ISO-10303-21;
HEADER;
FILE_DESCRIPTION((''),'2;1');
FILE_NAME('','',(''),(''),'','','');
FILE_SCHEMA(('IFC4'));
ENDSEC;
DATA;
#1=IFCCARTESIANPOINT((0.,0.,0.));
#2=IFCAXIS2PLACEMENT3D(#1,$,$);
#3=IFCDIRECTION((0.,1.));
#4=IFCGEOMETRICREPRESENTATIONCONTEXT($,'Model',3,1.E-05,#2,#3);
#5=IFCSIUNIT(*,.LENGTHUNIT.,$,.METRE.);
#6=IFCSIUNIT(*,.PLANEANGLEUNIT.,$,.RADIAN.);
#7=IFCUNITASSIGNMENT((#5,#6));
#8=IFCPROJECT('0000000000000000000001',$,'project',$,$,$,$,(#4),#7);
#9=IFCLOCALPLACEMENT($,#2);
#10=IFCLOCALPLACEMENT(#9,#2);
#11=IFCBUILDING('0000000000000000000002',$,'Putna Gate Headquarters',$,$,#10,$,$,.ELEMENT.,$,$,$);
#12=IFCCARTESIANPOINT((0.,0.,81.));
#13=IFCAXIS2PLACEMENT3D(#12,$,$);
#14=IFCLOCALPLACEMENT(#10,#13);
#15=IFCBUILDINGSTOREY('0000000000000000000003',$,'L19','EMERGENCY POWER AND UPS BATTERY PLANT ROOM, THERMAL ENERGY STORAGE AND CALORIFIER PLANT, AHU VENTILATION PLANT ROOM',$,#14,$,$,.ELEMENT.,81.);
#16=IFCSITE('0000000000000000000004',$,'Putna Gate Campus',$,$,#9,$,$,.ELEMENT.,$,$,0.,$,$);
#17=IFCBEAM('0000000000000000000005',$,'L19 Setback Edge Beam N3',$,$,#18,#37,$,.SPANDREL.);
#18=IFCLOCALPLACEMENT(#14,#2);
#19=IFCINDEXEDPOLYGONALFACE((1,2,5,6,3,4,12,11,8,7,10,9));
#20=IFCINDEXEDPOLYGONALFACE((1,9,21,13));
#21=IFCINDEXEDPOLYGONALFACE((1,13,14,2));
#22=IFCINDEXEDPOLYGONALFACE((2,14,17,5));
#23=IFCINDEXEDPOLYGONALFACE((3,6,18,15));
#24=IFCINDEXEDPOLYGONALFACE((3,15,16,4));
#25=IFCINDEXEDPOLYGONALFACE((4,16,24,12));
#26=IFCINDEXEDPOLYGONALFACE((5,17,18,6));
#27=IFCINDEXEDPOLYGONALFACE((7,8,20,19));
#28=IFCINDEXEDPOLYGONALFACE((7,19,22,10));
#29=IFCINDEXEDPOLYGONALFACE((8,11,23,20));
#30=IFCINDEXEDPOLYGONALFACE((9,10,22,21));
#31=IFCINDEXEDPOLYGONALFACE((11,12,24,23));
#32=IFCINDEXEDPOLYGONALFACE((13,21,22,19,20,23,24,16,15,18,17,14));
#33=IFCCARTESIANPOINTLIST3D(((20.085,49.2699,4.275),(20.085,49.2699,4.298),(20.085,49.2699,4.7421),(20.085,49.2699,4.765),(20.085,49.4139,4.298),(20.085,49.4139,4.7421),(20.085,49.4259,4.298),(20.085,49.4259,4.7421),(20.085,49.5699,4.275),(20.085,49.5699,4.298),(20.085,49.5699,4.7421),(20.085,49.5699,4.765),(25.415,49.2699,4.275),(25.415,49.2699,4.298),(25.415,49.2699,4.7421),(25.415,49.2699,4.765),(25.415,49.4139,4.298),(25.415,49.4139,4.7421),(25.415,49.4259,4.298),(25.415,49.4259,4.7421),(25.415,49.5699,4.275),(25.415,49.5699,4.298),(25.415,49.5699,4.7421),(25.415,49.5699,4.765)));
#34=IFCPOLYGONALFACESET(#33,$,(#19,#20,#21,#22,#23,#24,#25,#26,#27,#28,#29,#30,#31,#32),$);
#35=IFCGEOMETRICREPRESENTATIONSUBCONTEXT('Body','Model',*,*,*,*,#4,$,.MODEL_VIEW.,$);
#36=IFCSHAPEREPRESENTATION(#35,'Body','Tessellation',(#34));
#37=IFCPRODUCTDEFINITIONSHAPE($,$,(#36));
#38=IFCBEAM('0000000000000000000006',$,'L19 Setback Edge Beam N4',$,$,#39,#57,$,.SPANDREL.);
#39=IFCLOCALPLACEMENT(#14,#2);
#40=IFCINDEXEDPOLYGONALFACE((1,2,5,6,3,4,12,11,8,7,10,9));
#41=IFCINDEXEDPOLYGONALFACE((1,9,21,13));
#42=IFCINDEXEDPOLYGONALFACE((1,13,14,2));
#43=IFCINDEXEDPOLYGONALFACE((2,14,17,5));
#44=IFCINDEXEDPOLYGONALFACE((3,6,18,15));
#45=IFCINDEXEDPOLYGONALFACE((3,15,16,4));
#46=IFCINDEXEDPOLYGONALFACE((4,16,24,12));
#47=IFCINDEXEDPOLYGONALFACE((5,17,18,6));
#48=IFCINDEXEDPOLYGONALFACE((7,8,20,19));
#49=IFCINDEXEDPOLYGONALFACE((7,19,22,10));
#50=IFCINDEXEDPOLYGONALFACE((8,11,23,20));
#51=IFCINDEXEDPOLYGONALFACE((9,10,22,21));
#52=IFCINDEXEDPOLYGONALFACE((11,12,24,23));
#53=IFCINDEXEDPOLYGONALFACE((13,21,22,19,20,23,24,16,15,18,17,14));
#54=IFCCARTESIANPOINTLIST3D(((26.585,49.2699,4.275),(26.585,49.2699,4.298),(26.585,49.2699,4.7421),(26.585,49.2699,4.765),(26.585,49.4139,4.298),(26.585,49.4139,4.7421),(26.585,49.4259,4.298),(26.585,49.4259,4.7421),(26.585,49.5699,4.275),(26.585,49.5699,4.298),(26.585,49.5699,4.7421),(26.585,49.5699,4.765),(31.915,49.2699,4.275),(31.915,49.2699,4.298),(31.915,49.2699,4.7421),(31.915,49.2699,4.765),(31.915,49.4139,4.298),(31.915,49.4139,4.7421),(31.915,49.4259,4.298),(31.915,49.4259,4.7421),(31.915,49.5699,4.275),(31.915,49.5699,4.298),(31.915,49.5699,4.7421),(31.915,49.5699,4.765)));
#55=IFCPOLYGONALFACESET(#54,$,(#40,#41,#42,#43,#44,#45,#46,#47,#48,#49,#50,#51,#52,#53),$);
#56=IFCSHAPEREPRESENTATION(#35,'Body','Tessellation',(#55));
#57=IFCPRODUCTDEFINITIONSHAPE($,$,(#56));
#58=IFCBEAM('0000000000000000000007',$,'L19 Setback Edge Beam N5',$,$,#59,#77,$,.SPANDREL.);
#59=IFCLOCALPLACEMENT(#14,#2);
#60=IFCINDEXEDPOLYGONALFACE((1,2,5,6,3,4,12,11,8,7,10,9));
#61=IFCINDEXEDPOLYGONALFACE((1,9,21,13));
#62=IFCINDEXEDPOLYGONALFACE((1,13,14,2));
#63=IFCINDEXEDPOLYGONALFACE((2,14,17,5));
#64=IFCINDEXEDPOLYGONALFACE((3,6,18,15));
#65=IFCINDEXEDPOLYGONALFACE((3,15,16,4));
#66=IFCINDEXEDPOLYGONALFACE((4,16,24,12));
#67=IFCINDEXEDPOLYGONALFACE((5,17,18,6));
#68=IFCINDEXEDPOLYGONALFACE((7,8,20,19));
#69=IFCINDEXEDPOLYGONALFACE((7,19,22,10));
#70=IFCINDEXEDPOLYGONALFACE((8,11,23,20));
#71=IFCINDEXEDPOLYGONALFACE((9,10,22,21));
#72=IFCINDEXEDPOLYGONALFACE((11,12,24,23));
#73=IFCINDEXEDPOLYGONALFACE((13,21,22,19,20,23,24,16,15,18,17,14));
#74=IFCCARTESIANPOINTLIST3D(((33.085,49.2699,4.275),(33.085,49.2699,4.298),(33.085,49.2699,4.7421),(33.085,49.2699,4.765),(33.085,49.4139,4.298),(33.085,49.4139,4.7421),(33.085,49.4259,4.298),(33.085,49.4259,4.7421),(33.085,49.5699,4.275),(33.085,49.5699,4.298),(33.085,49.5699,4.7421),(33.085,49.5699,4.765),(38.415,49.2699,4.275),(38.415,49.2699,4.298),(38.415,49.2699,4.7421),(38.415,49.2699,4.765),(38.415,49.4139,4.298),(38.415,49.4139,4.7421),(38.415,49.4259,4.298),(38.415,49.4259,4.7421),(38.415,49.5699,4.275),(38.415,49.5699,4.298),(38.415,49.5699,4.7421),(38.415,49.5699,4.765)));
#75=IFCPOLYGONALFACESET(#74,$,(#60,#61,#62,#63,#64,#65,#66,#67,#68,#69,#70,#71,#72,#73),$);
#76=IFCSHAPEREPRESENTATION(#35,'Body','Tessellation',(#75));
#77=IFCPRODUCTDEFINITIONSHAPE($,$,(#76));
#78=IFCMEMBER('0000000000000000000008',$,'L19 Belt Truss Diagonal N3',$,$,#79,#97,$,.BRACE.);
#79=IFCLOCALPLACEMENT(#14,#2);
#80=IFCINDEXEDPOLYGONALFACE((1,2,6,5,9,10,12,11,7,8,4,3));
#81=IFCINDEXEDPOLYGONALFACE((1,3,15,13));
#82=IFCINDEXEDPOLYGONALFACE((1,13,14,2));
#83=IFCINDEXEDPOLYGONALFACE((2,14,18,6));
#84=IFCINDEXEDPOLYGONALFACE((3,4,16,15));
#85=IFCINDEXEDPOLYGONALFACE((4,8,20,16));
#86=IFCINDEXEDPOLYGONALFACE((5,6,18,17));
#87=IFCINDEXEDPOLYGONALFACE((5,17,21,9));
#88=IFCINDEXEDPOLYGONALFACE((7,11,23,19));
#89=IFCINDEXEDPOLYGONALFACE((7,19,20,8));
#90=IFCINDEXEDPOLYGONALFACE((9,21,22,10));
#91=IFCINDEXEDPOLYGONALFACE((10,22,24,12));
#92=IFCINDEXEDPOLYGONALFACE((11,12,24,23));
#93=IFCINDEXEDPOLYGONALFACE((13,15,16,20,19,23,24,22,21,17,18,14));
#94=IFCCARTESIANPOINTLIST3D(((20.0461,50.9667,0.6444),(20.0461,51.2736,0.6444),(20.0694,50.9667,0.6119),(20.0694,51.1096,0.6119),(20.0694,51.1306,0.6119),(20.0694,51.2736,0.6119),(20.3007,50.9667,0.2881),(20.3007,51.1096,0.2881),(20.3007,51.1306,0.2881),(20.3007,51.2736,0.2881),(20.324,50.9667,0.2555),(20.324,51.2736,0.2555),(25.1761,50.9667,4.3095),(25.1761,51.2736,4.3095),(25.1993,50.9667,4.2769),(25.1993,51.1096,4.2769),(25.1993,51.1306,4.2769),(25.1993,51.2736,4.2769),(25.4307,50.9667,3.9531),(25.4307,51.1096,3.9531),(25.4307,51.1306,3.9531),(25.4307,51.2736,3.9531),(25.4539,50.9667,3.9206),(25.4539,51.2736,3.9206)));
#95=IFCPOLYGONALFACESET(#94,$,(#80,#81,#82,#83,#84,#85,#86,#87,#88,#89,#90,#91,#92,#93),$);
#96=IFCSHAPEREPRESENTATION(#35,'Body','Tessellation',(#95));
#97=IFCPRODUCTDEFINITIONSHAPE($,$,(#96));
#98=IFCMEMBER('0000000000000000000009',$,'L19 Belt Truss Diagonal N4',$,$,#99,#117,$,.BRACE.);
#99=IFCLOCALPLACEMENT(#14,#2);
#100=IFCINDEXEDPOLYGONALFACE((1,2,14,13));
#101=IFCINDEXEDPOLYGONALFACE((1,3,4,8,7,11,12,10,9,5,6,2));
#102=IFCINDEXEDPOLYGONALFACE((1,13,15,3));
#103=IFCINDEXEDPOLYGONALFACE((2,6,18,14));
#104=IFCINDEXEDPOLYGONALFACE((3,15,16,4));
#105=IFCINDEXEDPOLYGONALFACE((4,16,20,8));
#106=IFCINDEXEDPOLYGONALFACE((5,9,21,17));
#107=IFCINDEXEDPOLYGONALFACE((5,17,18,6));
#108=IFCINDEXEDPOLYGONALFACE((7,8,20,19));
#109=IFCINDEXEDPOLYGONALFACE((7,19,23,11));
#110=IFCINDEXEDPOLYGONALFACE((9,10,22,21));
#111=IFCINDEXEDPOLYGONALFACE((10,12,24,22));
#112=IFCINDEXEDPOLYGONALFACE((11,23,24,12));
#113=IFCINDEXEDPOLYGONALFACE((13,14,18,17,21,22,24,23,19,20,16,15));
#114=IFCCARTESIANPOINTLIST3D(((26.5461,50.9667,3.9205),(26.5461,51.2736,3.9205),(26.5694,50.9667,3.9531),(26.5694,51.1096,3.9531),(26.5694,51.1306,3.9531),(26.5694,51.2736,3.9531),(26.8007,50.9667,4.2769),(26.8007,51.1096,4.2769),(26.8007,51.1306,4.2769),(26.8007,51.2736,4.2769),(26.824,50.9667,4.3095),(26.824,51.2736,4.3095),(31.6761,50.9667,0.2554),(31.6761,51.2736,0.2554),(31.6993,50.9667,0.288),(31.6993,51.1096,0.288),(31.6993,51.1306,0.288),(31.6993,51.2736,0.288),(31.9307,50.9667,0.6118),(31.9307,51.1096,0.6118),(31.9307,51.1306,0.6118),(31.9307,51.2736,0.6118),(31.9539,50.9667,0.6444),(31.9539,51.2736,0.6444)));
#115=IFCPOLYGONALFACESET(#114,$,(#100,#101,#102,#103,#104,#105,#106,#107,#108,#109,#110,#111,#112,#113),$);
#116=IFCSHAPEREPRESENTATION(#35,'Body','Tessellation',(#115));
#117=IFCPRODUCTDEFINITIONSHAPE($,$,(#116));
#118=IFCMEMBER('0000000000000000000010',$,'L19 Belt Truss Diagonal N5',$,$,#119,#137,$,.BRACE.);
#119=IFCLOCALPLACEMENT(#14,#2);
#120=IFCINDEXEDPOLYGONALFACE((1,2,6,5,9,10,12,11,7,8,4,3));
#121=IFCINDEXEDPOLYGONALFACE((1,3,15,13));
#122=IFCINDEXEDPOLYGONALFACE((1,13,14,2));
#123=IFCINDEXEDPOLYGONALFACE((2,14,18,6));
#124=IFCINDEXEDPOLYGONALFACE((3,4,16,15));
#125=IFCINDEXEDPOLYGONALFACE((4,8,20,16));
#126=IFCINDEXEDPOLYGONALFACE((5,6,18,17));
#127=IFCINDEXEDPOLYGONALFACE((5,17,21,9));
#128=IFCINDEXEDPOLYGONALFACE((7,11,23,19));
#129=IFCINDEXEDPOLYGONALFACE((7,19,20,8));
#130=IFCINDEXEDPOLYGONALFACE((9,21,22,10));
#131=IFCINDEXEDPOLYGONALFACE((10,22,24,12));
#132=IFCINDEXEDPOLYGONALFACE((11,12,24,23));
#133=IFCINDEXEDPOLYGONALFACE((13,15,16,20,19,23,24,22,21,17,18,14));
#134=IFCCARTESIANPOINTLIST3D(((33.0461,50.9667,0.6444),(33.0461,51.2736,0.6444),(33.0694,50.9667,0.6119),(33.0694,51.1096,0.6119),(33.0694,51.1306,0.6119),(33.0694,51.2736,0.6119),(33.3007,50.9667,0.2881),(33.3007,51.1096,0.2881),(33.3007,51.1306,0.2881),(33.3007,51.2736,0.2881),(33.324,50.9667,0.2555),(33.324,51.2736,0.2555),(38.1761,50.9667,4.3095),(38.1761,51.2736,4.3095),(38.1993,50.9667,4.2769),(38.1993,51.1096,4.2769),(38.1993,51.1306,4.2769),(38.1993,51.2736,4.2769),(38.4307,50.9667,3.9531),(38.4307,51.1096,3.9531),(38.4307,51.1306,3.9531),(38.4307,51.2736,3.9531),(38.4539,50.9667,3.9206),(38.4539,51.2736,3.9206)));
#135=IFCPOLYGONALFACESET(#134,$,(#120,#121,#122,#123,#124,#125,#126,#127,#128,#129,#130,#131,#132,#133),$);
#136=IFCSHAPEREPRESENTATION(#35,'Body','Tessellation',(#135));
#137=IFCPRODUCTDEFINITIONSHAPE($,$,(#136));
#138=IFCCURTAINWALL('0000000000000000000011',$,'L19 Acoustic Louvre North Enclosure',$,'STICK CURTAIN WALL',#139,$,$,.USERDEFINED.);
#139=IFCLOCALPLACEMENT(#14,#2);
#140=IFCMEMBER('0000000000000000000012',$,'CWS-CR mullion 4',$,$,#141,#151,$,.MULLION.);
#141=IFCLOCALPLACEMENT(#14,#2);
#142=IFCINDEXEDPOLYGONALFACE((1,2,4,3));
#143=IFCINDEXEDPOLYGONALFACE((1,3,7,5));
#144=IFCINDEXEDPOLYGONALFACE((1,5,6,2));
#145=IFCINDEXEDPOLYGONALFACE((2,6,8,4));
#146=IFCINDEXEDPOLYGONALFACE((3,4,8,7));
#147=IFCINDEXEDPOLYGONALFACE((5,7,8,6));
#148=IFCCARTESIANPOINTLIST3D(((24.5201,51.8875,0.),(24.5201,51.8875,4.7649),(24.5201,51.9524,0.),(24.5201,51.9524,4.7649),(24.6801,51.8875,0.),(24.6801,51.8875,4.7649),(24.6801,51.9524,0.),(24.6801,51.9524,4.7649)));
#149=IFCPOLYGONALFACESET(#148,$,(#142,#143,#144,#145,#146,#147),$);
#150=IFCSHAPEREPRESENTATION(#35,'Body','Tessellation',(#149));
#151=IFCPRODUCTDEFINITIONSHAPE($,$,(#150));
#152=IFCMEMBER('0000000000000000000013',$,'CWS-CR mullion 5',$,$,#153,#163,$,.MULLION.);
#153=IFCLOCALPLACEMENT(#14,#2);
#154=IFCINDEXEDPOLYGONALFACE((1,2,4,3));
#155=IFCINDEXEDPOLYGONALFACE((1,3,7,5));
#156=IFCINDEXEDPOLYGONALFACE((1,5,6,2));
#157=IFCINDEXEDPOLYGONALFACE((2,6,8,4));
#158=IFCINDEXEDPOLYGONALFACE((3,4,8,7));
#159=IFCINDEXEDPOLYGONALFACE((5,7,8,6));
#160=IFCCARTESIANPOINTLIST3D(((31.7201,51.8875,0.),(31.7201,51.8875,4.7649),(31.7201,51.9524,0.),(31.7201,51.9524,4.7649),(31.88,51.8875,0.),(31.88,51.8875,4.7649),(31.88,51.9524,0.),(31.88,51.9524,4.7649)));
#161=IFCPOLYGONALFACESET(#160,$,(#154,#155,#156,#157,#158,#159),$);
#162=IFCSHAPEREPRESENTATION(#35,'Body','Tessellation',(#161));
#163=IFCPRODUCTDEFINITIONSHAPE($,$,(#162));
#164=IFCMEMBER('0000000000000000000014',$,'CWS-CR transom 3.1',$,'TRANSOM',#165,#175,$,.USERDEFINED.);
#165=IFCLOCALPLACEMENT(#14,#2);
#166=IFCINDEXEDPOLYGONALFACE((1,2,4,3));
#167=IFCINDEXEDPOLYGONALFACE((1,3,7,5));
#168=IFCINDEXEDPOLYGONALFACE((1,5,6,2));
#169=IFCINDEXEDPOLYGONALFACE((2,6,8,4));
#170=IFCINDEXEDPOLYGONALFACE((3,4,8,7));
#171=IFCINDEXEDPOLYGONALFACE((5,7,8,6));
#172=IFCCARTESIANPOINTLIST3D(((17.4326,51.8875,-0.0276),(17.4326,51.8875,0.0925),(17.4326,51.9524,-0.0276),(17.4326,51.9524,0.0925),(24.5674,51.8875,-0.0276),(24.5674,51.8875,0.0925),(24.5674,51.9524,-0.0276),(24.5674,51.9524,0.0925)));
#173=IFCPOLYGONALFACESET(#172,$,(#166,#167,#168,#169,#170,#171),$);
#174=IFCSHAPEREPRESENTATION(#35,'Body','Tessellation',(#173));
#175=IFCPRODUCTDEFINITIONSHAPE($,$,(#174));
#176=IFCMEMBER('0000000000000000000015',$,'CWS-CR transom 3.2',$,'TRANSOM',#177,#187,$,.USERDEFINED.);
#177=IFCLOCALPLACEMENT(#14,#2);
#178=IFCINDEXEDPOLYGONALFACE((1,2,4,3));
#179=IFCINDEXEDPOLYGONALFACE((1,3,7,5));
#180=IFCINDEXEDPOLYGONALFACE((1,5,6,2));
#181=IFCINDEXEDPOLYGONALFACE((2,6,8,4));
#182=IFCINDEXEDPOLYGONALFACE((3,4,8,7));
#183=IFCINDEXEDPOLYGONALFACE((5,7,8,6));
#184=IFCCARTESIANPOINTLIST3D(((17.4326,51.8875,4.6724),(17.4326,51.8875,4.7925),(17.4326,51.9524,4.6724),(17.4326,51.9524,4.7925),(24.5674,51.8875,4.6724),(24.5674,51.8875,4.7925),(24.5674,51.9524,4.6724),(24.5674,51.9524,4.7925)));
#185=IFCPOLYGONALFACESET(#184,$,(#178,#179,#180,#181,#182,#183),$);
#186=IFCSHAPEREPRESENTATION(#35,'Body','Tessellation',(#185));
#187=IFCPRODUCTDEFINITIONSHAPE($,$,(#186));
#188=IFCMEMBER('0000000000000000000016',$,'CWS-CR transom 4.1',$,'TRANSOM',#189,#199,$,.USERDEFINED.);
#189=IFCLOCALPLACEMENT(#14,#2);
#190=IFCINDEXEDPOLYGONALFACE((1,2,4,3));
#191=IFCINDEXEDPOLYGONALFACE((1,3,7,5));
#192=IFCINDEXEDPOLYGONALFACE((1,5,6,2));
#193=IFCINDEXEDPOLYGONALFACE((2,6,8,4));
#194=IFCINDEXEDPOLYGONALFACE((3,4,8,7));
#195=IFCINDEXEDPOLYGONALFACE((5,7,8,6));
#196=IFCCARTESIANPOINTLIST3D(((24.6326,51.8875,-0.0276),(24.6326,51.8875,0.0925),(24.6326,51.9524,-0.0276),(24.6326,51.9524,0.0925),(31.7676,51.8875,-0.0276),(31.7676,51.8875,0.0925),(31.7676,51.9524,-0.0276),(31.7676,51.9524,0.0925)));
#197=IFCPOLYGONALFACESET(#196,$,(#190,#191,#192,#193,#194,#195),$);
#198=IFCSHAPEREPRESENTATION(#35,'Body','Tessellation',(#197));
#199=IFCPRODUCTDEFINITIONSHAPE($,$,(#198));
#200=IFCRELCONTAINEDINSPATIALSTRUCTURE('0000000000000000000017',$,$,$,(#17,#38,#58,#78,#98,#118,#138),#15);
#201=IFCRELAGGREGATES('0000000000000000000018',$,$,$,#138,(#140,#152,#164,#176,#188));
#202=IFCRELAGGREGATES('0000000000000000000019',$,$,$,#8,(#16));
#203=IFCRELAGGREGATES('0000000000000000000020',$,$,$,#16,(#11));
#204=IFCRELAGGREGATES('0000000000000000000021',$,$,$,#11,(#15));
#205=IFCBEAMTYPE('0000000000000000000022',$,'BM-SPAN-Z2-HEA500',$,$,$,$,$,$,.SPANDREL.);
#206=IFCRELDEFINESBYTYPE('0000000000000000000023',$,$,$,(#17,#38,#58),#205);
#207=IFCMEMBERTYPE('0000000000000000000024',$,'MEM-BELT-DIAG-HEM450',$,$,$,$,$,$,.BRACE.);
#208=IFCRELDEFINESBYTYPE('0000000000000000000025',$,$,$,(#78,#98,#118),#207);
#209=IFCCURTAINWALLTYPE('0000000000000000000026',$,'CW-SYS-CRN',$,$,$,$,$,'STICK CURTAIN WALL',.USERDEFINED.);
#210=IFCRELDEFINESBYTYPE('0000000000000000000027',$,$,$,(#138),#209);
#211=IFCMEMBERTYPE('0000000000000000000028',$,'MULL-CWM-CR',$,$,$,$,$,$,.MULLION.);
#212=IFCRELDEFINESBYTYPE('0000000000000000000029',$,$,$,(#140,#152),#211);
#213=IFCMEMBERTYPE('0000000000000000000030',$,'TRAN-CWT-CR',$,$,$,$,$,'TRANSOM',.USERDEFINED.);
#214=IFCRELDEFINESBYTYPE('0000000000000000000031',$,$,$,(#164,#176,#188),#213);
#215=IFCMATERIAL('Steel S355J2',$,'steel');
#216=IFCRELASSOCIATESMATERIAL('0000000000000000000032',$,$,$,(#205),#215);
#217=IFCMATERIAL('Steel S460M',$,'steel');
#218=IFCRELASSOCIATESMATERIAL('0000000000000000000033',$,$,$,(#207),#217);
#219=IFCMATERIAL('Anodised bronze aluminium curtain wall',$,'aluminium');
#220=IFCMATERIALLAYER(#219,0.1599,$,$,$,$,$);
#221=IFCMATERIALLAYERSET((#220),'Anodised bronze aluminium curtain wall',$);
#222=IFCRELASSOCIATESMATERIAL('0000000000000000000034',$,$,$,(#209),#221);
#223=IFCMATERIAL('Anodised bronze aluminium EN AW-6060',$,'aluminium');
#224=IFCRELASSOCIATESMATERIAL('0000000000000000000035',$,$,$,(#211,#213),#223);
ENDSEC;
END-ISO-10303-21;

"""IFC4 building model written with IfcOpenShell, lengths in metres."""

from ifc_helpers import new_model, si_unit, direction, frame, origin, origin_2d, place, context, subcontext, project, spatial, rectangle, i_section, extrude, material, layer, layer_set, material_profile, profile_set, type_object, element, aggregate, save


model = new_model("IFC4")

# Units and contexts
model_context = context("Model", 3, precision=1e-05, world=origin(), true_north=direction((0.0, 1.0)))
body_context = subcontext(model_context, "Body", "Model", "MODEL_VIEW")
ifc_project = project(units=[si_unit("LENGTHUNIT", "METRE"), si_unit("PLANEANGLEUNIT", "RADIAN")], contexts=[model_context])

# Site, building, storey
site_placement = place(None, origin())
site = spatial("IfcSite", under=ifc_project, at=site_placement, Name="Putna Gate Campus", CompositionType="ELEMENT", RefElevation=0.0)
building_placement = place(site_placement, origin())
building = spatial("IfcBuilding", under=site, at=building_placement, Name="Putna Gate Headquarters", CompositionType="ELEMENT")
storey_placement = place(building_placement, frame((0.0, 0.0, 81.0)))
storey = spatial("IfcBuildingStorey", under=building, at=storey_placement, Name="L19", Description="EMERGENCY POWER AND UPS BATTERY PLANT ROOM, THERMAL ENERGY STORAGE AND CALORIFIER PLANT, AHU VENTILATION PLANT ROOM", CompositionType="ELEMENT", Elevation=81.0)

# Beams
ifc_material_1 = material(Name="Steel S355J2", Category="steel")
ifc_material_profile_1 = material_profile(ifc_material_1, i_section(OverallWidth=0.3, OverallDepth=0.49, WebThickness=0.012, FlangeThickness=0.0229, at=origin_2d()), Name="Steel S355J2")
ifc_profile_set_1 = profile_set([ifc_material_profile_1], Name="Steel S355J2")
beam_type_1 = type_object("IfcBeamType", Name="BM-SPAN-Z2-HEA500", PredefinedType="SPANDREL", material=ifc_profile_set_1)
for number, where, z_axis, x_axis, name in (
    (1, (20.085, 49.4199, 4.52), (1.0, 0.0, 0.0), (0.0, 1.0, 0.0), "L19 Setback Edge Beam N3"),
    (2, (26.585, 49.4199, 4.52), (1.0, 0.0, 0.0), (0.0, 1.0, 0.0), "L19 Setback Edge Beam N4"),
    (3, (33.085, 49.4199, 4.52), (1.0, 0.0, 0.0), (0.0, 1.0, 0.0), "L19 Setback Edge Beam N5"),
):
    element("IfcBeam", number, at=place(storey_placement, frame(where, z_axis=z_axis, x_axis=x_axis)), inside=storey, type_object=beam_type_1, Name=name, PredefinedType="SPANDREL", context=body_context, shape_type="SweptSolid", body=[
        extrude(i_section(OverallWidth=0.3, OverallDepth=0.49, WebThickness=0.012, FlangeThickness=0.0229, at=origin_2d()), origin(), (0.0, 0.0, 1.0), 5.3301),
    ])

# Members
ifc_material_2 = material(Name="Steel S460M", Category="steel")
ifc_material_profile_2 = material_profile(ifc_material_2, i_section(OverallWidth=0.3069, OverallDepth=0.478, WebThickness=0.021, FlangeThickness=0.04, at=origin_2d()), Name="Steel S460M")
ifc_profile_set_2 = profile_set([ifc_material_profile_2], Name="Steel S460M")
member_type_1 = type_object("IfcMemberType", Name="MEM-BELT-DIAG-HEM450", PredefinedType="BRACE", material=ifc_profile_set_2)
for number, where, z_axis, x_axis, name in (
    (4, (20.1851, 51.1201, 0.45), (0.813671, 0.0, 0.581326), (0.0, 1.0, 0.0), "L19 Belt Truss Diagonal N3"),
    (5, (26.6851, 51.1201, 4.115), (0.813671, 0.0, -0.581326), (0.0, 1.0, 0.0), "L19 Belt Truss Diagonal N4"),
    (6, (33.1851, 51.1201, 0.45), (0.813671, 0.0, 0.581326), (0.0, 1.0, 0.0), "L19 Belt Truss Diagonal N5"),
):
    element("IfcMember", number, at=place(storey_placement, frame(where, z_axis=z_axis, x_axis=x_axis)), inside=storey, type_object=member_type_1, Name=name, PredefinedType="BRACE", context=body_context, shape_type="SweptSolid", body=[
        extrude(i_section(OverallWidth=0.3069, OverallDepth=0.478, WebThickness=0.021, FlangeThickness=0.04, at=origin_2d()), origin(), (0.0, 0.0, 1.0), 6.3047),
    ])

# Curtain wall, members
ifc_material_3 = material(Name="Anodised bronze aluminium curtain wall", Category="aluminium")
ifc_layer_1 = layer(ifc_material_3, 0.1599)
ifc_layer_set_1 = layer_set([ifc_layer_1], Name="Anodised bronze aluminium curtain wall")
curtain_wall_type = type_object("IfcCurtainWallType", Name="CW-SYS-CRN", ElementType="STICK CURTAIN WALL", PredefinedType="USERDEFINED", material=ifc_layer_set_1)
curtain_wall_placement = place(storey_placement, origin())
curtain_wall = element("IfcCurtainWall", 7, at=curtain_wall_placement, inside=storey, type_object=curtain_wall_type, Name="L19 Acoustic Louvre North Enclosure", ObjectType="STICK CURTAIN WALL", PredefinedType="USERDEFINED")
ifc_material_4 = material(Name="Anodised bronze aluminium EN AW-6060", Category="aluminium")
ifc_material_profile_3 = material_profile(ifc_material_4, rectangle(XDim=0.0649, YDim=0.1599, at=origin_2d()), Name="Anodised bronze aluminium EN AW-6060")
ifc_profile_set_3 = profile_set([ifc_material_profile_3], Name="Anodised bronze aluminium EN AW-6060")
member_type_2 = type_object("IfcMemberType", Name="MULL-CWM-CR", PredefinedType="MULLION", material=ifc_profile_set_3)
member_1_placement = place(storey_placement, frame((24.6001, 51.9199, 0.0), z_axis=(0.0, 0.0, 1.0), x_axis=(0.0, 1.0, 0.0)))
member_1 = element("IfcMember", 8, at=member_1_placement, type_object=member_type_2, Name="CWS-CR mullion 4", PredefinedType="MULLION", context=body_context, shape_type="SweptSolid", body=[
    extrude(rectangle(XDim=0.0649, YDim=0.1599, at=origin_2d()), origin(), (0.0, 0.0, 1.0), 4.7649),
])
member_2_placement = place(storey_placement, frame((31.8, 51.9199, 0.0), z_axis=(0.0, 0.0, 1.0), x_axis=(0.0, 1.0, 0.0)))
member_2 = element("IfcMember", 9, at=member_2_placement, type_object=member_type_2, Name="CWS-CR mullion 5", PredefinedType="MULLION", context=body_context, shape_type="SweptSolid", body=[
    extrude(rectangle(XDim=0.0649, YDim=0.1599, at=origin_2d()), origin(), (0.0, 0.0, 1.0), 4.7649),
])
ifc_material_profile_4 = material_profile(ifc_material_4, rectangle(XDim=0.0649, YDim=0.1201, at=origin_2d()), Name="Anodised bronze aluminium EN AW-6060")
ifc_profile_set_4 = profile_set([ifc_material_profile_4], Name="Anodised bronze aluminium EN AW-6060")
member_type_3 = type_object("IfcMemberType", Name="TRAN-CWT-CR", ElementType="TRANSOM", PredefinedType="USERDEFINED", material=ifc_profile_set_4)
member_3_placement = place(storey_placement, frame((17.4326, 51.9199, 0.0325), z_axis=(1.0, 0.0, 0.0), x_axis=(0.0, 1.0, 0.0)))
member_3 = element("IfcMember", 10, at=member_3_placement, type_object=member_type_3, Name="CWS-CR transom 3.1", ObjectType="TRANSOM", PredefinedType="USERDEFINED", context=body_context, shape_type="SweptSolid", body=[
    extrude(rectangle(XDim=0.0649, YDim=0.1201, at=origin_2d()), origin(), (0.0, 0.0, 1.0), 7.1348),
])
member_4_placement = place(storey_placement, frame((17.4326, 51.9199, 4.7324), z_axis=(1.0, 0.0, 0.0), x_axis=(0.0, 1.0, 0.0)))
member_4 = element("IfcMember", 11, at=member_4_placement, type_object=member_type_3, Name="CWS-CR transom 3.2", ObjectType="TRANSOM", PredefinedType="USERDEFINED", context=body_context, shape_type="SweptSolid", body=[
    extrude(rectangle(XDim=0.0649, YDim=0.1201, at=origin_2d()), origin(), (0.0, 0.0, 1.0), 7.1348),
])
member_5_placement = place(storey_placement, frame((24.6326, 51.9199, 0.0325), z_axis=(1.0, 0.0, 0.0), x_axis=(0.0, 1.0, 0.0)))
member_5 = element("IfcMember", 12, at=member_5_placement, type_object=member_type_3, Name="CWS-CR transom 4.1", ObjectType="TRANSOM", PredefinedType="USERDEFINED", context=body_context, shape_type="SweptSolid", body=[
    extrude(rectangle(XDim=0.0649, YDim=0.1201, at=origin_2d()), origin(), (0.0, 0.0, 1.0), 7.135),
])
aggregate(curtain_wall, [member_1, member_2, member_3, member_4, member_5])

save(model, "model.ifc")
